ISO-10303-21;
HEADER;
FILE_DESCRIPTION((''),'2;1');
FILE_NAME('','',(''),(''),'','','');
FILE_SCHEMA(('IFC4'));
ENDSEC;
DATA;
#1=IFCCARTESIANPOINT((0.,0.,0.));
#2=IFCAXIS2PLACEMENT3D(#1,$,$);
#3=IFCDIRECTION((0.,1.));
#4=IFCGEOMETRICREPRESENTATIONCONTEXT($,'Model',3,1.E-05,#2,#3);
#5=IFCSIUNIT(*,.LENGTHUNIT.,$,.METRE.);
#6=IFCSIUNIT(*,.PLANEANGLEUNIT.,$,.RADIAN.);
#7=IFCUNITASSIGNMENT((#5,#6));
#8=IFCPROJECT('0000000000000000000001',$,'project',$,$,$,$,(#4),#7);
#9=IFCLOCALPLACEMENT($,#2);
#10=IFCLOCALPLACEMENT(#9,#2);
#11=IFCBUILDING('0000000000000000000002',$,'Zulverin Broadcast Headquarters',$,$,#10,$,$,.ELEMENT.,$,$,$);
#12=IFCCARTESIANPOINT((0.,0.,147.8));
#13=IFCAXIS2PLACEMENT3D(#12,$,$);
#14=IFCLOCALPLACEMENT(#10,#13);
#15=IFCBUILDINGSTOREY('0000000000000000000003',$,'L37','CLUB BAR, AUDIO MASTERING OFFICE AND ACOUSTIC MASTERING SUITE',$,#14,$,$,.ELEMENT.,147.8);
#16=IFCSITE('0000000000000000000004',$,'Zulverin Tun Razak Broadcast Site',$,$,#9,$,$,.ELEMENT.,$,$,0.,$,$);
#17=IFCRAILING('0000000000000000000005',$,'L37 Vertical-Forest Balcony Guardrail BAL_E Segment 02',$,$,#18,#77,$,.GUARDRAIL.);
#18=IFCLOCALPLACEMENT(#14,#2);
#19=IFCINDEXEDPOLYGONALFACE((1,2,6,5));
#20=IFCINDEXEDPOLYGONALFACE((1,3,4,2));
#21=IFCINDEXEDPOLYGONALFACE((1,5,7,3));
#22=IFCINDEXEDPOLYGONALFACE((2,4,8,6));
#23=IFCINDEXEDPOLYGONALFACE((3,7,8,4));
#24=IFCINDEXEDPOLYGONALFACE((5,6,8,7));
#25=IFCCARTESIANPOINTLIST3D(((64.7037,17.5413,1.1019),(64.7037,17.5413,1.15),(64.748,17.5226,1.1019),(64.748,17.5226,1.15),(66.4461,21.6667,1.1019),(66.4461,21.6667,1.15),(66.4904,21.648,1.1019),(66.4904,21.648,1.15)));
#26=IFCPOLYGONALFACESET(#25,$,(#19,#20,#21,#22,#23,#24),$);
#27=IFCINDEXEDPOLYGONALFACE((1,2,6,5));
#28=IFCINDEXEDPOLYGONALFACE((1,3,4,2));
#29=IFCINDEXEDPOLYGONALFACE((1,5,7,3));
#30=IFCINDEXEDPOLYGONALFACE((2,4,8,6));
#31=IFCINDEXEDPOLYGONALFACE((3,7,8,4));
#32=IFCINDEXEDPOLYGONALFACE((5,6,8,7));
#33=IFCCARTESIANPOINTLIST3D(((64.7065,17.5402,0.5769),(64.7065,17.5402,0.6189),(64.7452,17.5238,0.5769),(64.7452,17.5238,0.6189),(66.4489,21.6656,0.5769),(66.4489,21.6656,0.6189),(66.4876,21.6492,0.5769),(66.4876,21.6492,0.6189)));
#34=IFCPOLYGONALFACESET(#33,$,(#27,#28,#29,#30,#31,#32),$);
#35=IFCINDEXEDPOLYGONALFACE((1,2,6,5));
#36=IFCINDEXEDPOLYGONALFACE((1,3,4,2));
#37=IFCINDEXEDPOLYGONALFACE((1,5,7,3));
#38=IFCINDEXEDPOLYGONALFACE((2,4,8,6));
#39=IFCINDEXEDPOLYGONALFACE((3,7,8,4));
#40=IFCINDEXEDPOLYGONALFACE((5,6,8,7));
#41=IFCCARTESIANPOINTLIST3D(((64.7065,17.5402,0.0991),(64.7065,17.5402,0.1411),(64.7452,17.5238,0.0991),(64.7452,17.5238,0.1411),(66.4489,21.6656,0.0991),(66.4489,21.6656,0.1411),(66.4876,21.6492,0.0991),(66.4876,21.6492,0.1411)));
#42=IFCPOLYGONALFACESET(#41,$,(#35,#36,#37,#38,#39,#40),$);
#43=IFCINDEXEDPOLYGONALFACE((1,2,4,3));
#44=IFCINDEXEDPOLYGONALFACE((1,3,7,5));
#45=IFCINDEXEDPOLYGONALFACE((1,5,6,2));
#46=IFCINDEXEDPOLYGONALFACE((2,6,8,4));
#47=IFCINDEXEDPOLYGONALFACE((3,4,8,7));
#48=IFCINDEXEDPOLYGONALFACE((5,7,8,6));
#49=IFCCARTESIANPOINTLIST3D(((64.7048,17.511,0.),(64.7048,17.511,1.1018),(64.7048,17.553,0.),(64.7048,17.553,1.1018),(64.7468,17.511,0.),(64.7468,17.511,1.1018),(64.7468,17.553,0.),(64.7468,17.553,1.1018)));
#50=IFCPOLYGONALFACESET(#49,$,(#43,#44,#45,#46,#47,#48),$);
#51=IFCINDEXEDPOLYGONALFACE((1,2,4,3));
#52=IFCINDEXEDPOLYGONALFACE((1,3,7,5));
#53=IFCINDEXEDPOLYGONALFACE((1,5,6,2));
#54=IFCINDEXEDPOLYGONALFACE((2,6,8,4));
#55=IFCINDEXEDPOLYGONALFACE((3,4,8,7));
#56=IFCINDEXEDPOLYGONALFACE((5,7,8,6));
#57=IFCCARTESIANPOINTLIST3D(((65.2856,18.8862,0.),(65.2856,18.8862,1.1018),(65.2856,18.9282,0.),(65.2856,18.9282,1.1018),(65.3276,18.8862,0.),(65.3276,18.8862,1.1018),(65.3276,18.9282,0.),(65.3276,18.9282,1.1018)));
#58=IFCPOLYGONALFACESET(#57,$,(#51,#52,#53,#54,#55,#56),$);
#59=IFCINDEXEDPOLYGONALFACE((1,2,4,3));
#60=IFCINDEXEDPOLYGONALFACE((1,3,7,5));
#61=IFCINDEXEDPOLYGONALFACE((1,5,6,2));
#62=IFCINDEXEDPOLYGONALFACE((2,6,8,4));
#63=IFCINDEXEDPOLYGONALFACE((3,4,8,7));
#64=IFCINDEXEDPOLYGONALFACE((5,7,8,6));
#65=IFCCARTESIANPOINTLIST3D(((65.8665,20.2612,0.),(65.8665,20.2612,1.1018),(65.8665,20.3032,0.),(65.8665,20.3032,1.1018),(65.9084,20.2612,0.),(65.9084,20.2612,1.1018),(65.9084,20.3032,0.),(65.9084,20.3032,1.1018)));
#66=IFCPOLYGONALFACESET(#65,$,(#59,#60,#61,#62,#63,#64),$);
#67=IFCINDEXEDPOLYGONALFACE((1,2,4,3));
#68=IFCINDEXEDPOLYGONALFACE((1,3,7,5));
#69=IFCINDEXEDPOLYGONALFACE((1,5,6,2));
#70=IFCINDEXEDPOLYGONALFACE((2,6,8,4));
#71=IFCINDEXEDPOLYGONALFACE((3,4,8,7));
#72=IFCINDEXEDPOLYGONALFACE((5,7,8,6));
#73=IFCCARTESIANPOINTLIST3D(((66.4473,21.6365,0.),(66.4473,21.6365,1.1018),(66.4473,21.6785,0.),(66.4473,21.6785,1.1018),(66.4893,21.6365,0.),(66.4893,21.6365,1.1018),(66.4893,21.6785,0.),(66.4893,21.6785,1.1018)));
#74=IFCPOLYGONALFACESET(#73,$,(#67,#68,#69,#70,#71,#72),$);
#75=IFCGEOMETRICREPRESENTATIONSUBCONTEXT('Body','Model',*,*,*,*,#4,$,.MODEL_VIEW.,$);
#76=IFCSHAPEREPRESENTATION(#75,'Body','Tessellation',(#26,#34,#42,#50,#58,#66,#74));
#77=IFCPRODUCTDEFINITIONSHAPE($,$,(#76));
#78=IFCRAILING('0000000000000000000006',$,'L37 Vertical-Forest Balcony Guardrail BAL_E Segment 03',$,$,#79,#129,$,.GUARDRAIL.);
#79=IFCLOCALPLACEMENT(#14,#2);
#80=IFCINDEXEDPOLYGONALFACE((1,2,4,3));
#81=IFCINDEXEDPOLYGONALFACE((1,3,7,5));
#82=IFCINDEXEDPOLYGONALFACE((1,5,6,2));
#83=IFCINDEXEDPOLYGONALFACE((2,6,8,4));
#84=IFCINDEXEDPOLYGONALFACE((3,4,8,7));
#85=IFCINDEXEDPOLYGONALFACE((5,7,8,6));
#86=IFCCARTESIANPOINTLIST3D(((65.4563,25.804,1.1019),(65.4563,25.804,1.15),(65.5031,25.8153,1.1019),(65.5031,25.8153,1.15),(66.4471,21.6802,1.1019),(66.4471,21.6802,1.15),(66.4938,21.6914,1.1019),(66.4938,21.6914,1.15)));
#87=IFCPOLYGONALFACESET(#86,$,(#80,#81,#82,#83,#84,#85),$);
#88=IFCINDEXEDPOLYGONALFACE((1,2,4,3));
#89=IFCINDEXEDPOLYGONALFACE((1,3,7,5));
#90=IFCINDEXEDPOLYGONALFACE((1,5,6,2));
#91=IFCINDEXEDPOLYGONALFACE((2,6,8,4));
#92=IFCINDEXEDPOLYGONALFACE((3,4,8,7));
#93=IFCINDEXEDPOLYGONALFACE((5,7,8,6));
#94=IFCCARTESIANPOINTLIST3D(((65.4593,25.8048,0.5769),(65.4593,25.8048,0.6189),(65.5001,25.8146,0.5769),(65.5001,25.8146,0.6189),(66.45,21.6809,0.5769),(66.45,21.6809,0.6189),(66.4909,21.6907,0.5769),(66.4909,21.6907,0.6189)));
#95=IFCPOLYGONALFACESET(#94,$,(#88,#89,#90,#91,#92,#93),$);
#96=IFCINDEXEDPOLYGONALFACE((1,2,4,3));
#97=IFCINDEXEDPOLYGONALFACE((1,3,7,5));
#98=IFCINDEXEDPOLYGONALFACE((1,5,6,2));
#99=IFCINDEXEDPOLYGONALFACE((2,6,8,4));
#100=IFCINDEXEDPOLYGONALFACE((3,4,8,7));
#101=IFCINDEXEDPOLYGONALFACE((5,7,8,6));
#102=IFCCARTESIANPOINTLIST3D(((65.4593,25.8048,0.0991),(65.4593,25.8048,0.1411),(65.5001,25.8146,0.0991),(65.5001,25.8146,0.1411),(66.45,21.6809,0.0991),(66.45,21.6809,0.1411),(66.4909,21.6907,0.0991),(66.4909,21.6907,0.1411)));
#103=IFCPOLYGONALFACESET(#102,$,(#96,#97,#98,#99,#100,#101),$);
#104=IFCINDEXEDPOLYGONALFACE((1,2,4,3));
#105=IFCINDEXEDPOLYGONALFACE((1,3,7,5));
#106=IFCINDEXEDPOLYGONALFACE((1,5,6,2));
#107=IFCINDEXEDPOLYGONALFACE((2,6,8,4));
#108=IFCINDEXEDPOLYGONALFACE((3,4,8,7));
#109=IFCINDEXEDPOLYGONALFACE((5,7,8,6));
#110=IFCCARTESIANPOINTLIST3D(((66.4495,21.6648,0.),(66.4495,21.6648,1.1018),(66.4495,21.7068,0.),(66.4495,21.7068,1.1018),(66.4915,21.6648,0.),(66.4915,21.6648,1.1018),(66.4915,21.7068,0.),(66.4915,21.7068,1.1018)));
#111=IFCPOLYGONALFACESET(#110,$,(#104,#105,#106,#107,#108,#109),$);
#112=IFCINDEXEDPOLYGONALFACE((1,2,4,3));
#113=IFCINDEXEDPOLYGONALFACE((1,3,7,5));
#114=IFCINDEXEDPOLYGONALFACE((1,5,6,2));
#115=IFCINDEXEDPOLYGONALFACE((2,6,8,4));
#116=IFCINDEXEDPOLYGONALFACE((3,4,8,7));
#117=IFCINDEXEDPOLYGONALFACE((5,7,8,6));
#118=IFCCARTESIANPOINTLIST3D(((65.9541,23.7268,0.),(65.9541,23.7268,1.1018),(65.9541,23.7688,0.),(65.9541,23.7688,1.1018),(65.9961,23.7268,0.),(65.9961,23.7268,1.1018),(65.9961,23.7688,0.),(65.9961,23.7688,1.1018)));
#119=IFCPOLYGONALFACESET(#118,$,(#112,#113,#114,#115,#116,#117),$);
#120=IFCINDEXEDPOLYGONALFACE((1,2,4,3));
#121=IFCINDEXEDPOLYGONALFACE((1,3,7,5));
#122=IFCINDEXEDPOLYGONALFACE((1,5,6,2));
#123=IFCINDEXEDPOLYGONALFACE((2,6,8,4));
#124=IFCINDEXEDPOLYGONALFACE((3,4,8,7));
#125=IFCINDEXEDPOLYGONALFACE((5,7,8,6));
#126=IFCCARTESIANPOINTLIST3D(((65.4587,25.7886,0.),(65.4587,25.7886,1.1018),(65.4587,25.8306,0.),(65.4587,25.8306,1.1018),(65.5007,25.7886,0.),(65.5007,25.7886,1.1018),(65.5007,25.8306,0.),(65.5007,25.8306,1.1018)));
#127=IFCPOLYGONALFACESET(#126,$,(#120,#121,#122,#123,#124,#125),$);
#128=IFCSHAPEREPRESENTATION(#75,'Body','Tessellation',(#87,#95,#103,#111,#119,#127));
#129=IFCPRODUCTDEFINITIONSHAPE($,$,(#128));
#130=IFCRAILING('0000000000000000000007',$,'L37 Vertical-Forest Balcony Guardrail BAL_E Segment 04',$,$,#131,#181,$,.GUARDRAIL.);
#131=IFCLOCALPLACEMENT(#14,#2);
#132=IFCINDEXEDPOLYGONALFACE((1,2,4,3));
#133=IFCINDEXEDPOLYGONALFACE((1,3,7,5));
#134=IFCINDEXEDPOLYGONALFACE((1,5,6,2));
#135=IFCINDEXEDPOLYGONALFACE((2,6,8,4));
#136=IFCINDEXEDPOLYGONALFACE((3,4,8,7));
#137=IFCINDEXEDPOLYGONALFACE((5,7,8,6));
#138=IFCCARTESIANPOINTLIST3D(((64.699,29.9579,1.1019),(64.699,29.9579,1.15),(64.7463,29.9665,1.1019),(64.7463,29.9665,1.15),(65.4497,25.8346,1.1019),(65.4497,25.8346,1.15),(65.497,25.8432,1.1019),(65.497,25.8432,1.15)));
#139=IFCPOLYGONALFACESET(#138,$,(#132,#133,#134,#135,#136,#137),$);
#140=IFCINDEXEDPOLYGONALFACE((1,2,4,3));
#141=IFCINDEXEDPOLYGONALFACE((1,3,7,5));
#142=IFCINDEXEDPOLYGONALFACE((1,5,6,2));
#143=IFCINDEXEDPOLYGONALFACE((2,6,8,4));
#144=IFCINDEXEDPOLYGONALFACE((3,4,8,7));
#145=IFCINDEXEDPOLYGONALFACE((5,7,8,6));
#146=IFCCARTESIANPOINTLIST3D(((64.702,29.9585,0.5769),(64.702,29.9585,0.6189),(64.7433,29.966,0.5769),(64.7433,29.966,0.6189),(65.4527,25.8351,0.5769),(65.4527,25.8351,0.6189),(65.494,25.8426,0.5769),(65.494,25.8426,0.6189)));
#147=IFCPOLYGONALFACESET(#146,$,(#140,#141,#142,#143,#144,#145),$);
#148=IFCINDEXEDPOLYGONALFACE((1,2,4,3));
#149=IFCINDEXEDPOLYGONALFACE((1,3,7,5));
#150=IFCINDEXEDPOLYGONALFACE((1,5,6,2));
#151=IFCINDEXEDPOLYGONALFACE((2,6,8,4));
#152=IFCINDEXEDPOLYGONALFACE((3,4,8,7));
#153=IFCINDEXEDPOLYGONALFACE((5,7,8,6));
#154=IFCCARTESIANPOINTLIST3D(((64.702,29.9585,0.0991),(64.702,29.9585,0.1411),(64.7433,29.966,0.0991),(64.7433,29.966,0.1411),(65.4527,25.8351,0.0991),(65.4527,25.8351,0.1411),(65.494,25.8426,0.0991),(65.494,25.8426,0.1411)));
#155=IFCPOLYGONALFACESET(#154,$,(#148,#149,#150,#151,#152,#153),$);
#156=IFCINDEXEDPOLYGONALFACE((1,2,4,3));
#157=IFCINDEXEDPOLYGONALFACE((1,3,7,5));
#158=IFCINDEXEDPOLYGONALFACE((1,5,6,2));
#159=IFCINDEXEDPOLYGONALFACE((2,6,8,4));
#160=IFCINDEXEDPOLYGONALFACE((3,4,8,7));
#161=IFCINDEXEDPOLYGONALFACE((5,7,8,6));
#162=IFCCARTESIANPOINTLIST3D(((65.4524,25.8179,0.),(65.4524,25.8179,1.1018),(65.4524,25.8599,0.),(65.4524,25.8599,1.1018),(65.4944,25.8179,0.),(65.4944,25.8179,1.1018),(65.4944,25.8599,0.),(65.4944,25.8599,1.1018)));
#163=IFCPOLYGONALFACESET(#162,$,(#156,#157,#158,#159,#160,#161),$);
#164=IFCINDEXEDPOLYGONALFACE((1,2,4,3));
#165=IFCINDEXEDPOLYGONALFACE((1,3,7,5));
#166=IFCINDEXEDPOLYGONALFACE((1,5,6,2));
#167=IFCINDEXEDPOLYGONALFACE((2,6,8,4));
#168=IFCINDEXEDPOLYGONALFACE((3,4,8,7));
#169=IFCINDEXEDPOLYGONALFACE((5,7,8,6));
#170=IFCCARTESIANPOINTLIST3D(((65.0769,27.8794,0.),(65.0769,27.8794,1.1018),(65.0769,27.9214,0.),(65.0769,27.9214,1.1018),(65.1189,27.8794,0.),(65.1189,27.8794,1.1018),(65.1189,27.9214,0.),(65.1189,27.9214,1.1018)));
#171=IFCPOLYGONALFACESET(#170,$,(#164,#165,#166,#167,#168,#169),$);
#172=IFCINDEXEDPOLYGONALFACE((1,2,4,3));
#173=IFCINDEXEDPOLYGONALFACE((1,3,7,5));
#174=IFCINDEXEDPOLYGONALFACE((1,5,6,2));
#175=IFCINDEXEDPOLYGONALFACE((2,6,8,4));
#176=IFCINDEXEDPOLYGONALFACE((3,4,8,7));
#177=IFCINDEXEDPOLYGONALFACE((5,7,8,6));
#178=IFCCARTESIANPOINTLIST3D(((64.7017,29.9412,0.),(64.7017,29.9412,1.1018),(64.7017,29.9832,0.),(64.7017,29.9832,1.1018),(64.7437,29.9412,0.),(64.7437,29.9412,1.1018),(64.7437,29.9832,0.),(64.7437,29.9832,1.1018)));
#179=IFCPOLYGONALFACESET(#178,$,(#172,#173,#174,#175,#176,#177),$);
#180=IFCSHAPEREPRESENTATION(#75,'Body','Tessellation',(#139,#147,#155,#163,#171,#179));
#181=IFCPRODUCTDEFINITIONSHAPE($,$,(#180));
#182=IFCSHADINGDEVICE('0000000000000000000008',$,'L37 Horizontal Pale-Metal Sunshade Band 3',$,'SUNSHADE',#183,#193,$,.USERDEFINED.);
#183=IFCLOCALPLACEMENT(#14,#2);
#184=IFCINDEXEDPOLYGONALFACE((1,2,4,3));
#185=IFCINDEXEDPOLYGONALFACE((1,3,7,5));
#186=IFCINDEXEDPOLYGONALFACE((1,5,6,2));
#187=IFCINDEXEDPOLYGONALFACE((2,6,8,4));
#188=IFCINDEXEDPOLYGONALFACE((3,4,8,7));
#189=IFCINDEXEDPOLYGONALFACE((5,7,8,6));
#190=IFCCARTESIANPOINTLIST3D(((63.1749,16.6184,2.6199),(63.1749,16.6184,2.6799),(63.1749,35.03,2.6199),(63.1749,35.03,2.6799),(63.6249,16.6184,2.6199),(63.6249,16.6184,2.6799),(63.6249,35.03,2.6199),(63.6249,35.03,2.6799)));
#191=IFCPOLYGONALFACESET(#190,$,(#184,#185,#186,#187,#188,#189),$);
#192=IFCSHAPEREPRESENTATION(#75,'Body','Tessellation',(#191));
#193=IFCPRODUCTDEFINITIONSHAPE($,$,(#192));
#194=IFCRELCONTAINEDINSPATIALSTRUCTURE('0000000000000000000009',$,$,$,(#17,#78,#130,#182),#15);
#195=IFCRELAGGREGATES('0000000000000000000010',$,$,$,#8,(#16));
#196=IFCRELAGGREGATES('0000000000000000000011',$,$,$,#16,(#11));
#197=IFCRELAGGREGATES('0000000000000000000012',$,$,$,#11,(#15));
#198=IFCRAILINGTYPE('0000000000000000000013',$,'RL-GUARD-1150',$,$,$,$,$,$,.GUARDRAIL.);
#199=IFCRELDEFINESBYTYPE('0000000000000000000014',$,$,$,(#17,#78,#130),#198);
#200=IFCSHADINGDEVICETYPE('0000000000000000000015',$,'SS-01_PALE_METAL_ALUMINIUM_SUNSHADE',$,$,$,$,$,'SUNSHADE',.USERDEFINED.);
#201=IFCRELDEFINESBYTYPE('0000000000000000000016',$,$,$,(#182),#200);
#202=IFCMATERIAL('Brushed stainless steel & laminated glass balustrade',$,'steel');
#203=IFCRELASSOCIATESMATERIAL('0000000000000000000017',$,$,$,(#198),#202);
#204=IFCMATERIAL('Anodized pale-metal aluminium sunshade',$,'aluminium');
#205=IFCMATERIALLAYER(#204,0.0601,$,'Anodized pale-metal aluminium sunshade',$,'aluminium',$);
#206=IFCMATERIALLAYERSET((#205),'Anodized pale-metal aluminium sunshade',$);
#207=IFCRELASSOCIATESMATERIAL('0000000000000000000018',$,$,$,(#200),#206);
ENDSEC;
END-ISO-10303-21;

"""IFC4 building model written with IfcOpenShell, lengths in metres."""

from ifc_helpers import new_model, si_unit, direction, frame, origin, origin_2d, place, context, subcontext, project, spatial, rectangle, extrude, material, layer, layer_set, type_object, element, save


model = new_model("IFC4")

# Units and contexts
model_context = context("Model", 3, precision=1e-05, world=origin(), true_north=direction((0.0, 1.0)))
body_context = subcontext(model_context, "Body", "Model", "MODEL_VIEW")
ifc_project = project(units=[si_unit("LENGTHUNIT", "METRE"), si_unit("PLANEANGLEUNIT", "RADIAN")], contexts=[model_context])

# Site, building, storey
site_placement = place(None, origin())
site = spatial("IfcSite", under=ifc_project, at=site_placement, Name="Zulverin Tun Razak Broadcast Site", CompositionType="ELEMENT", RefElevation=0.0)
building_placement = place(site_placement, origin())
building = spatial("IfcBuilding", under=site, at=building_placement, Name="Zulverin Broadcast Headquarters", CompositionType="ELEMENT")
storey_placement = place(building_placement, frame((0.0, 0.0, 147.8)))
storey = spatial("IfcBuildingStorey", under=building, at=storey_placement, Name="L37", Description="CLUB BAR, AUDIO MASTERING OFFICE AND ACOUSTIC MASTERING SUITE", CompositionType="ELEMENT", Elevation=147.8)

# Railings
ifc_material_1 = material(Name="Brushed stainless steel & laminated glass balustrade", Category="steel")
railing_type = type_object("IfcRailingType", Name="RL-GUARD-1150", PredefinedType="GUARDRAIL", material=ifc_material_1)
railing_1_placement = place(storey_placement, frame((64.7258, 17.532, 0.0)))
element("IfcRailing", 1, at=railing_1_placement, inside=storey, type_object=railing_type, Name="L37 Vertical-Forest Balcony Guardrail BAL_E Segment 02", PredefinedType="GUARDRAIL", context=body_context, shape_type="SweptSolid", body=[
    extrude(rectangle(XDim=0.0481, YDim=0.0481, at=origin_2d()), frame((0.0, 0.0, 1.126), z_axis=(0.389078, 0.921205, 0.0), x_axis=(-0.921205, 0.389078, 0.0)), (0.0, 0.0, 1.0), 4.4783),
    extrude(rectangle(XDim=0.042, YDim=0.042, at=origin_2d()), frame((0.0, 0.0, 0.5979), z_axis=(0.389078, 0.921205, 0.0), x_axis=(-0.921205, 0.389078, 0.0)), (0.0, 0.0, 1.0), 4.4783),
    extrude(rectangle(XDim=0.042, YDim=0.042, at=origin_2d()), frame((0.0, 0.0, 0.1201), z_axis=(0.389078, 0.921205, 0.0), x_axis=(-0.921205, 0.389078, 0.0)), (0.0, 0.0, 1.0), 4.4783),
    extrude(rectangle(XDim=0.042, YDim=0.042, at=origin_2d()), origin(), (0.0, 0.0, 1.0), 1.1018),
    extrude(rectangle(XDim=0.042, YDim=0.042, at=origin_2d()), frame((0.5808, 1.3752, 0.0)), (0.0, 0.0, 1.0), 1.1018),
    extrude(rectangle(XDim=0.042, YDim=0.042, at=origin_2d()), frame((1.1616, 2.7502, 0.0)), (0.0, 0.0, 1.0), 1.1018),
    extrude(rectangle(XDim=0.042, YDim=0.042, at=origin_2d()), frame((1.7424, 4.1255, 0.0)), (0.0, 0.0, 1.0), 1.1018),
])
railing_2_placement = place(storey_placement, frame((66.4705, 21.6858, 0.0)))
element("IfcRailing", 2, at=railing_2_placement, inside=storey, type_object=railing_type, Name="L37 Vertical-Forest Balcony Guardrail BAL_E Segment 03", PredefinedType="GUARDRAIL", context=body_context, shape_type="SweptSolid", body=[
    extrude(rectangle(XDim=0.0481, YDim=0.0481, at=origin_2d()), frame((0.0, 0.0, 1.126), z_axis=(-0.233599, 0.972333, 0.0), x_axis=(-0.972333, -0.233599, 0.0)), (0.0, 0.0, 1.0), 4.2412),
    extrude(rectangle(XDim=0.042, YDim=0.042, at=origin_2d()), frame((0.0, 0.0, 0.5979), z_axis=(-0.233599, 0.972333, 0.0), x_axis=(-0.972333, -0.233599, 0.0)), (0.0, 0.0, 1.0), 4.2412),
    extrude(rectangle(XDim=0.042, YDim=0.042, at=origin_2d()), frame((0.0, 0.0, 0.1201), z_axis=(-0.233599, 0.972333, 0.0), x_axis=(-0.972333, -0.233599, 0.0)), (0.0, 0.0, 1.0), 4.2412),
    extrude(rectangle(XDim=0.042, YDim=0.042, at=origin_2d()), origin(), (0.0, 0.0, 1.0), 1.1018),
    extrude(rectangle(XDim=0.042, YDim=0.042, at=origin_2d()), frame((-0.4954, 2.062, 0.0)), (0.0, 0.0, 1.0), 1.1018),
    extrude(rectangle(XDim=0.042, YDim=0.042, at=origin_2d()), frame((-0.9907, 4.1238, 0.0)), (0.0, 0.0, 1.0), 1.1018),
])
railing_3_placement = place(storey_placement, frame((65.4734, 25.8389, 0.0)))
element("IfcRailing", 3, at=railing_3_placement, inside=storey, type_object=railing_type, Name="L37 Vertical-Forest Balcony Guardrail BAL_E Segment 04", PredefinedType="GUARDRAIL", context=body_context, shape_type="SweptSolid", body=[
    extrude(rectangle(XDim=0.0481, YDim=0.0481, at=origin_2d()), frame((0.0, 0.0, 1.126), z_axis=(-0.179126, 0.983826, 0.0), x_axis=(-0.983826, -0.179126, 0.0)), (0.0, 0.0, 1.0), 4.1912),
    extrude(rectangle(XDim=0.042, YDim=0.042, at=origin_2d()), frame((0.0, 0.0, 0.5979), z_axis=(-0.179126, 0.983826, 0.0), x_axis=(-0.983826, -0.179126, 0.0)), (0.0, 0.0, 1.0), 4.1912),
    extrude(rectangle(XDim=0.042, YDim=0.042, at=origin_2d()), frame((0.0, 0.0, 0.1201), z_axis=(-0.179126, 0.983826, 0.0), x_axis=(-0.983826, -0.179126, 0.0)), (0.0, 0.0, 1.0), 4.1912),
    extrude(rectangle(XDim=0.042, YDim=0.042, at=origin_2d()), origin(), (0.0, 0.0, 1.0), 1.1018),
    extrude(rectangle(XDim=0.042, YDim=0.042, at=origin_2d()), frame((-0.3755, 2.0615, 0.0)), (0.0, 0.0, 1.0), 1.1018),
    extrude(rectangle(XDim=0.042, YDim=0.042, at=origin_2d()), frame((-0.7507, 4.1233, 0.0)), (0.0, 0.0, 1.0), 1.1018),
])

# Shading device
ifc_material_2 = material(Name="Anodized pale-metal aluminium sunshade", Category="aluminium")
ifc_layer_1 = layer(ifc_material_2, 0.0601, Name="Anodized pale-metal aluminium sunshade", Category="aluminium")
ifc_layer_set_1 = layer_set([ifc_layer_1], Name="Anodized pale-metal aluminium sunshade")
shading_device_type = type_object("IfcShadingDeviceType", Name="SS-01_PALE_METAL_ALUMINIUM_SUNSHADE", ElementType="SUNSHADE", PredefinedType="USERDEFINED", material=ifc_layer_set_1)
shading_device_placement = place(storey_placement, frame((63.3999, 25.8242, 2.6199), z_axis=(0.0, 0.0, 1.0), x_axis=(0.0, 1.0, 0.0)))
element("IfcShadingDevice", 4, at=shading_device_placement, inside=storey, type_object=shading_device_type, Name="L37 Horizontal Pale-Metal Sunshade Band 3", ObjectType="SUNSHADE", PredefinedType="USERDEFINED", context=body_context, shape_type="SweptSolid", body=[
    extrude(rectangle(XDim=18.4116, YDim=0.45, at=origin_2d()), origin(), (0.0, 0.0, 1.0), 0.0601),
])

save(model, "model.ifc")
